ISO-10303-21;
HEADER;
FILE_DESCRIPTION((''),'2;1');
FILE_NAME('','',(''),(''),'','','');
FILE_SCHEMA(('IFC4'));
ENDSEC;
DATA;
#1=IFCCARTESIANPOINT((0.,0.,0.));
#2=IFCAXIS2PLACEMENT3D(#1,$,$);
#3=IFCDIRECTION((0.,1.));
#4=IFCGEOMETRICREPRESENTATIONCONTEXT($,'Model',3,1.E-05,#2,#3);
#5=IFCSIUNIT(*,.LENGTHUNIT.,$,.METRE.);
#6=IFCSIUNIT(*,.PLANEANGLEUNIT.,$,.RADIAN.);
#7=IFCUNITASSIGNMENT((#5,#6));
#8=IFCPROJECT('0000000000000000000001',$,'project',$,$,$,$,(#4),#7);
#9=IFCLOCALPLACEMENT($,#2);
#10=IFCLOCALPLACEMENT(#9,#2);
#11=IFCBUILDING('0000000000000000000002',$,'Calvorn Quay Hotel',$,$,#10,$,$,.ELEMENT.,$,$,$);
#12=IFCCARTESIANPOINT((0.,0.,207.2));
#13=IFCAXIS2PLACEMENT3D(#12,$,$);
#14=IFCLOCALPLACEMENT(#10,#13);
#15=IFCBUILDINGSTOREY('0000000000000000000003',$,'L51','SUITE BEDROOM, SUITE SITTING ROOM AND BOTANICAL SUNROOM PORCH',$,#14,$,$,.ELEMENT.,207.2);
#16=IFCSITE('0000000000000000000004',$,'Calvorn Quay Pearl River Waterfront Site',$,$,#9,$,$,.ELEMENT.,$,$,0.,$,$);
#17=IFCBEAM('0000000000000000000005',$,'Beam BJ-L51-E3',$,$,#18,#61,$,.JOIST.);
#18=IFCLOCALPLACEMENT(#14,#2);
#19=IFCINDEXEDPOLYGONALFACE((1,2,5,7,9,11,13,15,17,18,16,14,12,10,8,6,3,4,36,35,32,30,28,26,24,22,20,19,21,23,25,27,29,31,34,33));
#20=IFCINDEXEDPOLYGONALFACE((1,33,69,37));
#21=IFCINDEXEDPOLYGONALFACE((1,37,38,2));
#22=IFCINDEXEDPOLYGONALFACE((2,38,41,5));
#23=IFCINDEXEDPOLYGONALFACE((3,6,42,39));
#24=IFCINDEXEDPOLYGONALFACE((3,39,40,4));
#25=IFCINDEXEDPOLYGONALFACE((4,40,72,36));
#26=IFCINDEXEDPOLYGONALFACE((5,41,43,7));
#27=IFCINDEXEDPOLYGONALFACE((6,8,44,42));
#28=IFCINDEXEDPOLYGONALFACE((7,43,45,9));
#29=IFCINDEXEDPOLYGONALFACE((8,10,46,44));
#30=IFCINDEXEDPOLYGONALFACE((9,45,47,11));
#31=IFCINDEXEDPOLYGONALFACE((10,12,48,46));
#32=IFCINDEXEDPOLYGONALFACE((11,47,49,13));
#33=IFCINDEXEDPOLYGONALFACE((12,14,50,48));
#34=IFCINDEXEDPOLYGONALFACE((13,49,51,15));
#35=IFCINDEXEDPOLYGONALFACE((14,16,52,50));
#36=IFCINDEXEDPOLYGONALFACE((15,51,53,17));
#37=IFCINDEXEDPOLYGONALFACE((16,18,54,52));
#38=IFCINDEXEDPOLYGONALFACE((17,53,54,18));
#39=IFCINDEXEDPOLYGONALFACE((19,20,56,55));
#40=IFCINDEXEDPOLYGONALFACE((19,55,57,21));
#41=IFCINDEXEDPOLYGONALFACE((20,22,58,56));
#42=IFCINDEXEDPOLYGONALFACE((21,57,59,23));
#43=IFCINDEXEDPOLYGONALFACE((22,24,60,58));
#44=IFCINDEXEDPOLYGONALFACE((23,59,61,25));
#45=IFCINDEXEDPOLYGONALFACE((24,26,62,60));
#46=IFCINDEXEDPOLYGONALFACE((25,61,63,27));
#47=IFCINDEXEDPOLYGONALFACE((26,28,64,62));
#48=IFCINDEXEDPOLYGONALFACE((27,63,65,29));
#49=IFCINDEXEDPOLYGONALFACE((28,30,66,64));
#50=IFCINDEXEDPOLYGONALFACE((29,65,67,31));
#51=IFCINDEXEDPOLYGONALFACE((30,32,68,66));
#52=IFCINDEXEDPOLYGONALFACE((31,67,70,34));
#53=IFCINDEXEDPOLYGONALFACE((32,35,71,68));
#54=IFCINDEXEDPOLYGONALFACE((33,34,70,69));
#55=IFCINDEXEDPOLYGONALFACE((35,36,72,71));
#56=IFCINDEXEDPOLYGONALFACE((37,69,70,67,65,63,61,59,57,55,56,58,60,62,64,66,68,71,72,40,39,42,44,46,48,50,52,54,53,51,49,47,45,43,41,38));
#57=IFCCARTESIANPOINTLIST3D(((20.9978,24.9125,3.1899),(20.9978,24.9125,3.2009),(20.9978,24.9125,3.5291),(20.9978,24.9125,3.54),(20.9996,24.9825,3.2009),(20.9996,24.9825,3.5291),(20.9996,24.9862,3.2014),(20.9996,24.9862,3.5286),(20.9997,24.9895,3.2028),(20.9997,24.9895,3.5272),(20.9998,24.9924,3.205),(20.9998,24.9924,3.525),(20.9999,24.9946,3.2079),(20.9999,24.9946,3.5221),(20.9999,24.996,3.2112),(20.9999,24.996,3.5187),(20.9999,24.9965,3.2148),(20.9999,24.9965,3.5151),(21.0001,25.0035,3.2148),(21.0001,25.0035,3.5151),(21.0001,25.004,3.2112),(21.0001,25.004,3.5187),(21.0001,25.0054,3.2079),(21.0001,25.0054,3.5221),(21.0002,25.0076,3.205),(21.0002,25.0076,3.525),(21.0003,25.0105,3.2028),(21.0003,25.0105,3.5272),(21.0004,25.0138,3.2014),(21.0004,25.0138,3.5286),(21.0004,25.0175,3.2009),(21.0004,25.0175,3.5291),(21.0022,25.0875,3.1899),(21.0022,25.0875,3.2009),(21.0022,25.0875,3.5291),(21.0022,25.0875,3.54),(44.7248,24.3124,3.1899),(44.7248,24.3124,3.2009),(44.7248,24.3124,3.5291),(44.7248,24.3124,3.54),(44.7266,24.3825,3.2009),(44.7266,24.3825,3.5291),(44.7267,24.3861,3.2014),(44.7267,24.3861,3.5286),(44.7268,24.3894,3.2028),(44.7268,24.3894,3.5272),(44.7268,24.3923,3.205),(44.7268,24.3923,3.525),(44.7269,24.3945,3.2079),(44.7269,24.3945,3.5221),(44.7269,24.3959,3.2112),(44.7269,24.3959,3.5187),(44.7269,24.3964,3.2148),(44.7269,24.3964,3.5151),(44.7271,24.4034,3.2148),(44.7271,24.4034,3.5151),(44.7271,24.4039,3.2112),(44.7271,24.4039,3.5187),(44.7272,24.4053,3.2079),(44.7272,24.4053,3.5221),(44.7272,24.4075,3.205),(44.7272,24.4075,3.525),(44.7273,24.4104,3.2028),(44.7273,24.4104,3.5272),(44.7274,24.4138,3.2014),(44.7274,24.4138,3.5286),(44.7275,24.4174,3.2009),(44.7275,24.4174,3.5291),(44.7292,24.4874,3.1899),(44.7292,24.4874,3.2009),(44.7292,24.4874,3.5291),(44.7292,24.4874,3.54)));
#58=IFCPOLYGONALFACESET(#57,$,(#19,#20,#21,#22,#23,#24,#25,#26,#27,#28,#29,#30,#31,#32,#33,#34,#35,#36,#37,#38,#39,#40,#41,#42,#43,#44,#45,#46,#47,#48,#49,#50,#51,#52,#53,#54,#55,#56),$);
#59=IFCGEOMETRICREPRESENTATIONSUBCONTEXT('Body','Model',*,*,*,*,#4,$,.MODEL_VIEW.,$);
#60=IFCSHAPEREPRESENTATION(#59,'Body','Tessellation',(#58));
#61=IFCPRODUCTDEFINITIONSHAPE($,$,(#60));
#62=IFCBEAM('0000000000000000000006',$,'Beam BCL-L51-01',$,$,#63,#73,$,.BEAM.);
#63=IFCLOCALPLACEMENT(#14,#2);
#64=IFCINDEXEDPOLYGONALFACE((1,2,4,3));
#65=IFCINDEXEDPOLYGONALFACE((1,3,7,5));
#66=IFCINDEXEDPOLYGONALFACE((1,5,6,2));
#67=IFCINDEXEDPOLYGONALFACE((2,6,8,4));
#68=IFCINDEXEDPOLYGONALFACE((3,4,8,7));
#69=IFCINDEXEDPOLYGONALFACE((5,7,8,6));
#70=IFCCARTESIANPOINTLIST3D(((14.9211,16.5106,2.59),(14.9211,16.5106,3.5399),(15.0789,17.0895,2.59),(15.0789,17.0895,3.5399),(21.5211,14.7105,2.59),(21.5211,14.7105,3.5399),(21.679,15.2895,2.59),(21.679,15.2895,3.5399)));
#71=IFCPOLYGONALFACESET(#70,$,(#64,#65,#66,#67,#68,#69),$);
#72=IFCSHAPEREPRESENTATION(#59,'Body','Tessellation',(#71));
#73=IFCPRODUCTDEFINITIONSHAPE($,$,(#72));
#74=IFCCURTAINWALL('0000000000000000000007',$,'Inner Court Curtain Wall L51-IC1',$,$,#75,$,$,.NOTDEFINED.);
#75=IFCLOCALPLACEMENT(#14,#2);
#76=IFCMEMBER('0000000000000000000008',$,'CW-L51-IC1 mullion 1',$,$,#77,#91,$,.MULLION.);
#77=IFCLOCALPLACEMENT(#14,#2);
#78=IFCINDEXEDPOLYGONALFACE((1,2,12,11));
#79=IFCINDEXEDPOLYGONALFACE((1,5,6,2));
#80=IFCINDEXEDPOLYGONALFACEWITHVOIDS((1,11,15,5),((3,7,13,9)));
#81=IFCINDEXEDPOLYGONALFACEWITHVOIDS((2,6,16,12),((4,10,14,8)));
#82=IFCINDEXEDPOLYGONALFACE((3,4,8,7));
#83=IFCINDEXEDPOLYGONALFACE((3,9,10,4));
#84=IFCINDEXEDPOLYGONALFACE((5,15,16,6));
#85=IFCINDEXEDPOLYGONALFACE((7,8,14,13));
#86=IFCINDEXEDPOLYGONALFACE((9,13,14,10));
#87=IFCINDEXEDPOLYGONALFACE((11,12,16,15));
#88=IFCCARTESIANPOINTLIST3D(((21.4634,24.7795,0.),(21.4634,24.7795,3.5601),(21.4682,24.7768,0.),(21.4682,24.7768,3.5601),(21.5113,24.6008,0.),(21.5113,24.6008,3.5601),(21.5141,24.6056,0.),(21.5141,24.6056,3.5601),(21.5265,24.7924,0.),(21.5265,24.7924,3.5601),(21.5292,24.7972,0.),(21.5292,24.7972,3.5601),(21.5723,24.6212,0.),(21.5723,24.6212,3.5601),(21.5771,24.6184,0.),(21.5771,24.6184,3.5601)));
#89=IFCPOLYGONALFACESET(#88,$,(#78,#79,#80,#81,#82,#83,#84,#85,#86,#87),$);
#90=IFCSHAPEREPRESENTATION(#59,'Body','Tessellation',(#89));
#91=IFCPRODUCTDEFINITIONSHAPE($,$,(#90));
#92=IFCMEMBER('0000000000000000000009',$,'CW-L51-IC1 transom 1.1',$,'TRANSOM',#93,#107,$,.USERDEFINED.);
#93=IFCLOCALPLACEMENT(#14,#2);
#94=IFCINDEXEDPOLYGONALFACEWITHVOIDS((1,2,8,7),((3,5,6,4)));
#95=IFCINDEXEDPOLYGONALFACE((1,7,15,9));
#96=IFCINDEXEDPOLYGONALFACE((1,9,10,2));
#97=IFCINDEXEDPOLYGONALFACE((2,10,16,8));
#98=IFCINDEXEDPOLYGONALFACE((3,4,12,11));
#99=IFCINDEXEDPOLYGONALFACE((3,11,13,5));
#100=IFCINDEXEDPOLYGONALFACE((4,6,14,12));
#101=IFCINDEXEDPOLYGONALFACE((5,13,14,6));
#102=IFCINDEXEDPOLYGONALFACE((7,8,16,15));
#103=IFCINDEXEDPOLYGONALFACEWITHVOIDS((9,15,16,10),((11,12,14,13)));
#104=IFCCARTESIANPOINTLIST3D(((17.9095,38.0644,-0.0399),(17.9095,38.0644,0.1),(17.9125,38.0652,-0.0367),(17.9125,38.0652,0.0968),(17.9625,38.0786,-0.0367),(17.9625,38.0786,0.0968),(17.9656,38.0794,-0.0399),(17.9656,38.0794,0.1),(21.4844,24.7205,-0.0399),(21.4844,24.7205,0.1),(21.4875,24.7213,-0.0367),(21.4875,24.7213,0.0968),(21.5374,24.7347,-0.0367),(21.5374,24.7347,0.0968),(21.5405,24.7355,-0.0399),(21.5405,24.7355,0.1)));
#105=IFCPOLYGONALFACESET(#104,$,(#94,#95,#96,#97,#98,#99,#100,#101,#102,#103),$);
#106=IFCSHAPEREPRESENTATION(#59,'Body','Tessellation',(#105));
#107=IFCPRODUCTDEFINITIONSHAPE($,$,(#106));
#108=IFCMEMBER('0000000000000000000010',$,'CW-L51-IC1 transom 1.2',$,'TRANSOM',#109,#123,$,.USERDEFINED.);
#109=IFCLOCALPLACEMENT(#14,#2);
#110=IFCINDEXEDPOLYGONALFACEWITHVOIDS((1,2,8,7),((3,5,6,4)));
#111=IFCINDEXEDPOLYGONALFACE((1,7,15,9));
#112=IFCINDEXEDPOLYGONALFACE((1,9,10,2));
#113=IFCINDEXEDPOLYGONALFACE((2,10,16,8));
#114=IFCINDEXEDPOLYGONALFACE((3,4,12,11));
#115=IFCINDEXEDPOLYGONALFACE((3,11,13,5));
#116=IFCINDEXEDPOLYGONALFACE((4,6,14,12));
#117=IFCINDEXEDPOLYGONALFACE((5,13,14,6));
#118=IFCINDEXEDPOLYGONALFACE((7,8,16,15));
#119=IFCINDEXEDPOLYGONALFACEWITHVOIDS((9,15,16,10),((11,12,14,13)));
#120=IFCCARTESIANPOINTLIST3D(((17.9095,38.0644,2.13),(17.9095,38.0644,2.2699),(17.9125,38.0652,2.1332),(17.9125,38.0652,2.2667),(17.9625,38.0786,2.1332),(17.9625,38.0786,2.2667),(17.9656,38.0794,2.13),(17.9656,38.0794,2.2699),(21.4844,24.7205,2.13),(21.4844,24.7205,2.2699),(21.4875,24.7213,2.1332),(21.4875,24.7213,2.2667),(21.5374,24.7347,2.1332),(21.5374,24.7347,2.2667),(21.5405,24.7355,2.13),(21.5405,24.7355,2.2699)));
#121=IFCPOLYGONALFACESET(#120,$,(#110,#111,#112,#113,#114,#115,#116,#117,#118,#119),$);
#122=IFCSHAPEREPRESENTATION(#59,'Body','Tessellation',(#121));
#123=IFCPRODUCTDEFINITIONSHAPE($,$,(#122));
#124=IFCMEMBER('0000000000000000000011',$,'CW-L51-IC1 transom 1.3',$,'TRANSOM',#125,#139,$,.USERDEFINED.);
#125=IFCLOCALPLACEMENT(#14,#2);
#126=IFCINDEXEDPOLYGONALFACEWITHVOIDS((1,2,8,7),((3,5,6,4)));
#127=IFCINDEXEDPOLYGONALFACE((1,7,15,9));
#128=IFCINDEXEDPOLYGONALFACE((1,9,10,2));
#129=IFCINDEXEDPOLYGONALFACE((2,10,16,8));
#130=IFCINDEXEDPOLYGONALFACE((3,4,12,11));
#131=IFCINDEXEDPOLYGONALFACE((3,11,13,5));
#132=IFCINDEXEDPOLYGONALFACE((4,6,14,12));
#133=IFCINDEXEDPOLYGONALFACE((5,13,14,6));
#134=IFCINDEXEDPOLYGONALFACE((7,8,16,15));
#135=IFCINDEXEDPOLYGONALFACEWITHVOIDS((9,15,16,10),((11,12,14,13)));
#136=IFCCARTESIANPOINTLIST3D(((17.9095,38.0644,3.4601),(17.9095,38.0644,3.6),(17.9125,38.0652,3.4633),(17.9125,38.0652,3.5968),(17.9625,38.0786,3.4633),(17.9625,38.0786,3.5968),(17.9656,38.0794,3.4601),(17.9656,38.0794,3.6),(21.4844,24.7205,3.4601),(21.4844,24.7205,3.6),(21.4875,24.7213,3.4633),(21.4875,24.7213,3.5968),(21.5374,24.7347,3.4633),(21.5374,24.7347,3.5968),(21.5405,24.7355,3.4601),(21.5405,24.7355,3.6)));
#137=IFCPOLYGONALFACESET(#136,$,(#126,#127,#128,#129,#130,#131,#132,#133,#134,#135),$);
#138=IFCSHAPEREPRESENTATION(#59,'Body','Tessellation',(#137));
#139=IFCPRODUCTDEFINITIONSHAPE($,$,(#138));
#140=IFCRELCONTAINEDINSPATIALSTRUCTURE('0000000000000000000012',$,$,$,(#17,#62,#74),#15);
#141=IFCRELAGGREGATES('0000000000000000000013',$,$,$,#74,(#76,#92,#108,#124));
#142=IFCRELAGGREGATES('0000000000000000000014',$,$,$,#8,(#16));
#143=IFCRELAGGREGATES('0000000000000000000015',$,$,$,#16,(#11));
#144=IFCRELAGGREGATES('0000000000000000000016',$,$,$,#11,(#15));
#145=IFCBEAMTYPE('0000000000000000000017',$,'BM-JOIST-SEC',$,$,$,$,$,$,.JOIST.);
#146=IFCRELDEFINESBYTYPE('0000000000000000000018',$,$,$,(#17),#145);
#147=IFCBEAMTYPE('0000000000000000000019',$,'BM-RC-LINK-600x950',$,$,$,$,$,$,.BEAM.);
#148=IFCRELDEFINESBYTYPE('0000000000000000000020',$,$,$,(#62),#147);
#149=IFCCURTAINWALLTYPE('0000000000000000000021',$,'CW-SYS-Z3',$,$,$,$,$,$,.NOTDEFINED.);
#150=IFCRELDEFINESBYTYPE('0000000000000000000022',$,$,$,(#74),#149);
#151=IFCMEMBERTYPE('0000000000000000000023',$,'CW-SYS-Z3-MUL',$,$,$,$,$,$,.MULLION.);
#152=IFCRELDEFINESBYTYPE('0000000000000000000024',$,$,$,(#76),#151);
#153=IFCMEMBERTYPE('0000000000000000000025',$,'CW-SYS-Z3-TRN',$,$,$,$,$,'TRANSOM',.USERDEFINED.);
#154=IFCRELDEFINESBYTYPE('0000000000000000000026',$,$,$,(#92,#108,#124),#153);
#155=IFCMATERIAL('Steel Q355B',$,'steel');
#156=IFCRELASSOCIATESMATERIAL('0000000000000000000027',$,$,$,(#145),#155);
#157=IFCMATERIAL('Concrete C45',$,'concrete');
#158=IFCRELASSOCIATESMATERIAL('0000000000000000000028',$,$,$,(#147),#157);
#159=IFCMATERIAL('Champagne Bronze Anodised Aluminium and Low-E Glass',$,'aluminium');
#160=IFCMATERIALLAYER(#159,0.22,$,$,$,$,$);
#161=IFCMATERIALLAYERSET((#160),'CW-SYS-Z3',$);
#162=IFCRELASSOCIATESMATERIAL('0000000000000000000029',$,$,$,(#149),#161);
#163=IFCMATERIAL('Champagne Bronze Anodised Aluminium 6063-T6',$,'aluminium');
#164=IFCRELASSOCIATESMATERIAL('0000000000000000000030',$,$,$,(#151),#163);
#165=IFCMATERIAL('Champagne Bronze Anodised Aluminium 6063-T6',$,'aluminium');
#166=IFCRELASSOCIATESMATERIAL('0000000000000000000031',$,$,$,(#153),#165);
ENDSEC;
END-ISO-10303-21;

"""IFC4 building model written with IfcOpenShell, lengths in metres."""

from ifc_helpers import new_model, si_unit, direction, frame, origin, origin_2d, place, context, subcontext, project, spatial, rectangle, hollow_rectangle, i_section, extrude, material, layer, layer_set, material_profile, profile_set, type_object, element, aggregate, save


model = new_model("IFC4")

# Units and contexts
model_context = context("Model", 3, precision=1e-05, world=origin(), true_north=direction((0.0, 1.0)))
body_context = subcontext(model_context, "Body", "Model", "MODEL_VIEW")
ifc_project = project(units=[si_unit("LENGTHUNIT", "METRE"), si_unit("PLANEANGLEUNIT", "RADIAN")], contexts=[model_context])

# Site, building, storey
site_placement = place(None, origin())
site = spatial("IfcSite", under=ifc_project, at=site_placement, Name="Calvorn Quay Pearl River Waterfront Site", CompositionType="ELEMENT", RefElevation=0.0)
building_placement = place(site_placement, origin())
building = spatial("IfcBuilding", under=site, at=building_placement, Name="Calvorn Quay Hotel", CompositionType="ELEMENT")
storey_placement = place(building_placement, frame((0.0, 0.0, 207.2)))
storey = spatial("IfcBuildingStorey", under=building, at=storey_placement, Name="L51", Description="SUITE BEDROOM, SUITE SITTING ROOM AND BOTANICAL SUNROOM PORCH", CompositionType="ELEMENT", Elevation=207.2)

# Beams
ifc_material_1 = material(Name="Steel Q355B", Category="steel")
ifc_material_profile_1 = material_profile(ifc_material_1, i_section(OverallWidth=0.175, OverallDepth=0.3501, WebThickness=0.0071, FlangeThickness=0.011, FilletRadius=0.0139, at=origin_2d()), Name="HN350x175x7x11")
ifc_profile_set_1 = profile_set([ifc_material_profile_1], Name="Steel Q355B")
beam_type_1 = type_object("IfcBeamType", Name="BM-JOIST-SEC", PredefinedType="JOIST", material=ifc_profile_set_1)
beam_1_placement = place(storey_placement, frame((21.0, 25.0, 3.365), z_axis=(0.99968, -0.025284, 0.0), x_axis=(0.025284, 0.99968, 0.0)))
element("IfcBeam", 1, at=beam_1_placement, inside=storey, type_object=beam_type_1, Name="Beam BJ-L51-E3", PredefinedType="JOIST", context=body_context, shape_type="SweptSolid", body=[
    extrude(i_section(OverallWidth=0.175, OverallDepth=0.3501, WebThickness=0.0071, FlangeThickness=0.011, FilletRadius=0.0139, at=origin_2d()), origin(), (0.0, 0.0, 1.0), 23.7346),
])
ifc_material_2 = material(Name="Concrete C45", Category="concrete")
ifc_material_profile_2 = material_profile(ifc_material_2, rectangle(XDim=0.6001, YDim=0.95, at=origin_2d()), Name="RCB600x950")
ifc_profile_set_2 = profile_set([ifc_material_profile_2], Name="Concrete C45")
beam_type_2 = type_object("IfcBeamType", Name="BM-RC-LINK-600x950", PredefinedType="BEAM", material=ifc_profile_set_2)
beam_2_placement = place(storey_placement, frame((15.0, 16.8, 3.0649), z_axis=(0.964763, -0.26312, 0.0), x_axis=(0.26312, 0.964763, 0.0)))
element("IfcBeam", 2, at=beam_2_placement, inside=storey, type_object=beam_type_2, Name="Beam BCL-L51-01", PredefinedType="BEAM", context=body_context, shape_type="SweptSolid", body=[
    extrude(rectangle(XDim=0.6001, YDim=0.95, at=origin_2d()), origin(), (0.0, 0.0, 1.0), 6.8411),
])

# Curtain wall, members
ifc_material_3 = material(Name="Champagne Bronze Anodised Aluminium and Low-E Glass", Category="aluminium")
ifc_layer_1 = layer(ifc_material_3, 0.22)
ifc_layer_set_1 = layer_set([ifc_layer_1], Name="CW-SYS-Z3")
curtain_wall_type = type_object("IfcCurtainWallType", Name="CW-SYS-Z3", PredefinedType="NOTDEFINED", material=ifc_layer_set_1)
curtain_wall_placement = place(storey_placement, origin())
curtain_wall = element("IfcCurtainWall", 3, at=curtain_wall_placement, inside=storey, type_object=curtain_wall_type, Name="Inner Court Curtain Wall L51-IC1", PredefinedType="NOTDEFINED")
ifc_material_4 = material(Name="Champagne Bronze Anodised Aluminium 6063-T6", Category="aluminium")
ifc_material_profile_3 = material_profile(ifc_material_4, hollow_rectangle(XDim=0.0681, YDim=0.1851, WallThickness=0.0039, at=origin_2d()), Name="ALU-M185x68x4")
ifc_profile_set_3 = profile_set([ifc_material_profile_3], Name="Champagne Bronze Anodised Aluminium 6063-T6")
member_type_1 = type_object("IfcMemberType", Name="CW-SYS-Z3-MUL", PredefinedType="MULLION", material=ifc_profile_set_3)
member_1_placement = place(storey_placement, frame((21.5203, 24.699, 0.0), z_axis=(0.0, 0.0, 1.0), x_axis=(-0.965937, -0.258779, 0.0)))
member_1 = element("IfcMember", 4, at=member_1_placement, type_object=member_type_1, Name="CW-L51-IC1 mullion 1", PredefinedType="MULLION", context=body_context, shape_type="SweptSolid", body=[
    extrude(hollow_rectangle(XDim=0.0681, YDim=0.1851, WallThickness=0.0039, at=origin_2d()), origin(), (0.0, 0.0, 1.0), 3.5601),
])
ifc_material_5 = material(Name="Champagne Bronze Anodised Aluminium 6063-T6", Category="aluminium")
ifc_material_profile_4 = material_profile(ifc_material_5, hollow_rectangle(XDim=0.0581, YDim=0.1399, WallThickness=0.0032, at=origin_2d()), Name="ALU-T140x58x3.2")
ifc_profile_set_4 = profile_set([ifc_material_profile_4], Name="Champagne Bronze Anodised Aluminium 6063-T6")
member_type_2 = type_object("IfcMemberType", Name="CW-SYS-Z3-TRN", ElementType="TRANSOM", PredefinedType="USERDEFINED", material=ifc_profile_set_4)
member_2_placement = place(storey_placement, frame((21.5125, 24.728, 0.03), z_axis=(-0.258781, 0.965936, 0.0), x_axis=(-0.965936, -0.258781, 0.0)))
member_2 = element("IfcMember", 5, at=member_2_placement, type_object=member_type_2, Name="CW-L51-IC1 transom 1.1", ObjectType="TRANSOM", PredefinedType="USERDEFINED", context=body_context, shape_type="SweptSolid", body=[
    extrude(hollow_rectangle(XDim=0.0581, YDim=0.1399, WallThickness=0.0032, at=origin_2d()), origin(), (0.0, 0.0, 1.0), 13.8145),
])
member_3_placement = place(storey_placement, frame((21.5125, 24.728, 2.2), z_axis=(-0.258781, 0.965936, 0.0), x_axis=(-0.965936, -0.258781, 0.0)))
member_3 = element("IfcMember", 6, at=member_3_placement, type_object=member_type_2, Name="CW-L51-IC1 transom 1.2", ObjectType="TRANSOM", PredefinedType="USERDEFINED", context=body_context, shape_type="SweptSolid", body=[
    extrude(hollow_rectangle(XDim=0.0581, YDim=0.1399, WallThickness=0.0032, at=origin_2d()), origin(), (0.0, 0.0, 1.0), 13.8145),
])
member_4_placement = place(storey_placement, frame((21.5125, 24.728, 3.53), z_axis=(-0.258781, 0.965936, 0.0), x_axis=(-0.965936, -0.258781, 0.0)))
member_4 = element("IfcMember", 7, at=member_4_placement, type_object=member_type_2, Name="CW-L51-IC1 transom 1.3", ObjectType="TRANSOM", PredefinedType="USERDEFINED", context=body_context, shape_type="SweptSolid", body=[
    extrude(hollow_rectangle(XDim=0.0581, YDim=0.1399, WallThickness=0.0032, at=origin_2d()), origin(), (0.0, 0.0, 1.0), 13.8145),
])
aggregate(curtain_wall, [member_1, member_2, member_3, member_4])

save(model, "model.ifc")
